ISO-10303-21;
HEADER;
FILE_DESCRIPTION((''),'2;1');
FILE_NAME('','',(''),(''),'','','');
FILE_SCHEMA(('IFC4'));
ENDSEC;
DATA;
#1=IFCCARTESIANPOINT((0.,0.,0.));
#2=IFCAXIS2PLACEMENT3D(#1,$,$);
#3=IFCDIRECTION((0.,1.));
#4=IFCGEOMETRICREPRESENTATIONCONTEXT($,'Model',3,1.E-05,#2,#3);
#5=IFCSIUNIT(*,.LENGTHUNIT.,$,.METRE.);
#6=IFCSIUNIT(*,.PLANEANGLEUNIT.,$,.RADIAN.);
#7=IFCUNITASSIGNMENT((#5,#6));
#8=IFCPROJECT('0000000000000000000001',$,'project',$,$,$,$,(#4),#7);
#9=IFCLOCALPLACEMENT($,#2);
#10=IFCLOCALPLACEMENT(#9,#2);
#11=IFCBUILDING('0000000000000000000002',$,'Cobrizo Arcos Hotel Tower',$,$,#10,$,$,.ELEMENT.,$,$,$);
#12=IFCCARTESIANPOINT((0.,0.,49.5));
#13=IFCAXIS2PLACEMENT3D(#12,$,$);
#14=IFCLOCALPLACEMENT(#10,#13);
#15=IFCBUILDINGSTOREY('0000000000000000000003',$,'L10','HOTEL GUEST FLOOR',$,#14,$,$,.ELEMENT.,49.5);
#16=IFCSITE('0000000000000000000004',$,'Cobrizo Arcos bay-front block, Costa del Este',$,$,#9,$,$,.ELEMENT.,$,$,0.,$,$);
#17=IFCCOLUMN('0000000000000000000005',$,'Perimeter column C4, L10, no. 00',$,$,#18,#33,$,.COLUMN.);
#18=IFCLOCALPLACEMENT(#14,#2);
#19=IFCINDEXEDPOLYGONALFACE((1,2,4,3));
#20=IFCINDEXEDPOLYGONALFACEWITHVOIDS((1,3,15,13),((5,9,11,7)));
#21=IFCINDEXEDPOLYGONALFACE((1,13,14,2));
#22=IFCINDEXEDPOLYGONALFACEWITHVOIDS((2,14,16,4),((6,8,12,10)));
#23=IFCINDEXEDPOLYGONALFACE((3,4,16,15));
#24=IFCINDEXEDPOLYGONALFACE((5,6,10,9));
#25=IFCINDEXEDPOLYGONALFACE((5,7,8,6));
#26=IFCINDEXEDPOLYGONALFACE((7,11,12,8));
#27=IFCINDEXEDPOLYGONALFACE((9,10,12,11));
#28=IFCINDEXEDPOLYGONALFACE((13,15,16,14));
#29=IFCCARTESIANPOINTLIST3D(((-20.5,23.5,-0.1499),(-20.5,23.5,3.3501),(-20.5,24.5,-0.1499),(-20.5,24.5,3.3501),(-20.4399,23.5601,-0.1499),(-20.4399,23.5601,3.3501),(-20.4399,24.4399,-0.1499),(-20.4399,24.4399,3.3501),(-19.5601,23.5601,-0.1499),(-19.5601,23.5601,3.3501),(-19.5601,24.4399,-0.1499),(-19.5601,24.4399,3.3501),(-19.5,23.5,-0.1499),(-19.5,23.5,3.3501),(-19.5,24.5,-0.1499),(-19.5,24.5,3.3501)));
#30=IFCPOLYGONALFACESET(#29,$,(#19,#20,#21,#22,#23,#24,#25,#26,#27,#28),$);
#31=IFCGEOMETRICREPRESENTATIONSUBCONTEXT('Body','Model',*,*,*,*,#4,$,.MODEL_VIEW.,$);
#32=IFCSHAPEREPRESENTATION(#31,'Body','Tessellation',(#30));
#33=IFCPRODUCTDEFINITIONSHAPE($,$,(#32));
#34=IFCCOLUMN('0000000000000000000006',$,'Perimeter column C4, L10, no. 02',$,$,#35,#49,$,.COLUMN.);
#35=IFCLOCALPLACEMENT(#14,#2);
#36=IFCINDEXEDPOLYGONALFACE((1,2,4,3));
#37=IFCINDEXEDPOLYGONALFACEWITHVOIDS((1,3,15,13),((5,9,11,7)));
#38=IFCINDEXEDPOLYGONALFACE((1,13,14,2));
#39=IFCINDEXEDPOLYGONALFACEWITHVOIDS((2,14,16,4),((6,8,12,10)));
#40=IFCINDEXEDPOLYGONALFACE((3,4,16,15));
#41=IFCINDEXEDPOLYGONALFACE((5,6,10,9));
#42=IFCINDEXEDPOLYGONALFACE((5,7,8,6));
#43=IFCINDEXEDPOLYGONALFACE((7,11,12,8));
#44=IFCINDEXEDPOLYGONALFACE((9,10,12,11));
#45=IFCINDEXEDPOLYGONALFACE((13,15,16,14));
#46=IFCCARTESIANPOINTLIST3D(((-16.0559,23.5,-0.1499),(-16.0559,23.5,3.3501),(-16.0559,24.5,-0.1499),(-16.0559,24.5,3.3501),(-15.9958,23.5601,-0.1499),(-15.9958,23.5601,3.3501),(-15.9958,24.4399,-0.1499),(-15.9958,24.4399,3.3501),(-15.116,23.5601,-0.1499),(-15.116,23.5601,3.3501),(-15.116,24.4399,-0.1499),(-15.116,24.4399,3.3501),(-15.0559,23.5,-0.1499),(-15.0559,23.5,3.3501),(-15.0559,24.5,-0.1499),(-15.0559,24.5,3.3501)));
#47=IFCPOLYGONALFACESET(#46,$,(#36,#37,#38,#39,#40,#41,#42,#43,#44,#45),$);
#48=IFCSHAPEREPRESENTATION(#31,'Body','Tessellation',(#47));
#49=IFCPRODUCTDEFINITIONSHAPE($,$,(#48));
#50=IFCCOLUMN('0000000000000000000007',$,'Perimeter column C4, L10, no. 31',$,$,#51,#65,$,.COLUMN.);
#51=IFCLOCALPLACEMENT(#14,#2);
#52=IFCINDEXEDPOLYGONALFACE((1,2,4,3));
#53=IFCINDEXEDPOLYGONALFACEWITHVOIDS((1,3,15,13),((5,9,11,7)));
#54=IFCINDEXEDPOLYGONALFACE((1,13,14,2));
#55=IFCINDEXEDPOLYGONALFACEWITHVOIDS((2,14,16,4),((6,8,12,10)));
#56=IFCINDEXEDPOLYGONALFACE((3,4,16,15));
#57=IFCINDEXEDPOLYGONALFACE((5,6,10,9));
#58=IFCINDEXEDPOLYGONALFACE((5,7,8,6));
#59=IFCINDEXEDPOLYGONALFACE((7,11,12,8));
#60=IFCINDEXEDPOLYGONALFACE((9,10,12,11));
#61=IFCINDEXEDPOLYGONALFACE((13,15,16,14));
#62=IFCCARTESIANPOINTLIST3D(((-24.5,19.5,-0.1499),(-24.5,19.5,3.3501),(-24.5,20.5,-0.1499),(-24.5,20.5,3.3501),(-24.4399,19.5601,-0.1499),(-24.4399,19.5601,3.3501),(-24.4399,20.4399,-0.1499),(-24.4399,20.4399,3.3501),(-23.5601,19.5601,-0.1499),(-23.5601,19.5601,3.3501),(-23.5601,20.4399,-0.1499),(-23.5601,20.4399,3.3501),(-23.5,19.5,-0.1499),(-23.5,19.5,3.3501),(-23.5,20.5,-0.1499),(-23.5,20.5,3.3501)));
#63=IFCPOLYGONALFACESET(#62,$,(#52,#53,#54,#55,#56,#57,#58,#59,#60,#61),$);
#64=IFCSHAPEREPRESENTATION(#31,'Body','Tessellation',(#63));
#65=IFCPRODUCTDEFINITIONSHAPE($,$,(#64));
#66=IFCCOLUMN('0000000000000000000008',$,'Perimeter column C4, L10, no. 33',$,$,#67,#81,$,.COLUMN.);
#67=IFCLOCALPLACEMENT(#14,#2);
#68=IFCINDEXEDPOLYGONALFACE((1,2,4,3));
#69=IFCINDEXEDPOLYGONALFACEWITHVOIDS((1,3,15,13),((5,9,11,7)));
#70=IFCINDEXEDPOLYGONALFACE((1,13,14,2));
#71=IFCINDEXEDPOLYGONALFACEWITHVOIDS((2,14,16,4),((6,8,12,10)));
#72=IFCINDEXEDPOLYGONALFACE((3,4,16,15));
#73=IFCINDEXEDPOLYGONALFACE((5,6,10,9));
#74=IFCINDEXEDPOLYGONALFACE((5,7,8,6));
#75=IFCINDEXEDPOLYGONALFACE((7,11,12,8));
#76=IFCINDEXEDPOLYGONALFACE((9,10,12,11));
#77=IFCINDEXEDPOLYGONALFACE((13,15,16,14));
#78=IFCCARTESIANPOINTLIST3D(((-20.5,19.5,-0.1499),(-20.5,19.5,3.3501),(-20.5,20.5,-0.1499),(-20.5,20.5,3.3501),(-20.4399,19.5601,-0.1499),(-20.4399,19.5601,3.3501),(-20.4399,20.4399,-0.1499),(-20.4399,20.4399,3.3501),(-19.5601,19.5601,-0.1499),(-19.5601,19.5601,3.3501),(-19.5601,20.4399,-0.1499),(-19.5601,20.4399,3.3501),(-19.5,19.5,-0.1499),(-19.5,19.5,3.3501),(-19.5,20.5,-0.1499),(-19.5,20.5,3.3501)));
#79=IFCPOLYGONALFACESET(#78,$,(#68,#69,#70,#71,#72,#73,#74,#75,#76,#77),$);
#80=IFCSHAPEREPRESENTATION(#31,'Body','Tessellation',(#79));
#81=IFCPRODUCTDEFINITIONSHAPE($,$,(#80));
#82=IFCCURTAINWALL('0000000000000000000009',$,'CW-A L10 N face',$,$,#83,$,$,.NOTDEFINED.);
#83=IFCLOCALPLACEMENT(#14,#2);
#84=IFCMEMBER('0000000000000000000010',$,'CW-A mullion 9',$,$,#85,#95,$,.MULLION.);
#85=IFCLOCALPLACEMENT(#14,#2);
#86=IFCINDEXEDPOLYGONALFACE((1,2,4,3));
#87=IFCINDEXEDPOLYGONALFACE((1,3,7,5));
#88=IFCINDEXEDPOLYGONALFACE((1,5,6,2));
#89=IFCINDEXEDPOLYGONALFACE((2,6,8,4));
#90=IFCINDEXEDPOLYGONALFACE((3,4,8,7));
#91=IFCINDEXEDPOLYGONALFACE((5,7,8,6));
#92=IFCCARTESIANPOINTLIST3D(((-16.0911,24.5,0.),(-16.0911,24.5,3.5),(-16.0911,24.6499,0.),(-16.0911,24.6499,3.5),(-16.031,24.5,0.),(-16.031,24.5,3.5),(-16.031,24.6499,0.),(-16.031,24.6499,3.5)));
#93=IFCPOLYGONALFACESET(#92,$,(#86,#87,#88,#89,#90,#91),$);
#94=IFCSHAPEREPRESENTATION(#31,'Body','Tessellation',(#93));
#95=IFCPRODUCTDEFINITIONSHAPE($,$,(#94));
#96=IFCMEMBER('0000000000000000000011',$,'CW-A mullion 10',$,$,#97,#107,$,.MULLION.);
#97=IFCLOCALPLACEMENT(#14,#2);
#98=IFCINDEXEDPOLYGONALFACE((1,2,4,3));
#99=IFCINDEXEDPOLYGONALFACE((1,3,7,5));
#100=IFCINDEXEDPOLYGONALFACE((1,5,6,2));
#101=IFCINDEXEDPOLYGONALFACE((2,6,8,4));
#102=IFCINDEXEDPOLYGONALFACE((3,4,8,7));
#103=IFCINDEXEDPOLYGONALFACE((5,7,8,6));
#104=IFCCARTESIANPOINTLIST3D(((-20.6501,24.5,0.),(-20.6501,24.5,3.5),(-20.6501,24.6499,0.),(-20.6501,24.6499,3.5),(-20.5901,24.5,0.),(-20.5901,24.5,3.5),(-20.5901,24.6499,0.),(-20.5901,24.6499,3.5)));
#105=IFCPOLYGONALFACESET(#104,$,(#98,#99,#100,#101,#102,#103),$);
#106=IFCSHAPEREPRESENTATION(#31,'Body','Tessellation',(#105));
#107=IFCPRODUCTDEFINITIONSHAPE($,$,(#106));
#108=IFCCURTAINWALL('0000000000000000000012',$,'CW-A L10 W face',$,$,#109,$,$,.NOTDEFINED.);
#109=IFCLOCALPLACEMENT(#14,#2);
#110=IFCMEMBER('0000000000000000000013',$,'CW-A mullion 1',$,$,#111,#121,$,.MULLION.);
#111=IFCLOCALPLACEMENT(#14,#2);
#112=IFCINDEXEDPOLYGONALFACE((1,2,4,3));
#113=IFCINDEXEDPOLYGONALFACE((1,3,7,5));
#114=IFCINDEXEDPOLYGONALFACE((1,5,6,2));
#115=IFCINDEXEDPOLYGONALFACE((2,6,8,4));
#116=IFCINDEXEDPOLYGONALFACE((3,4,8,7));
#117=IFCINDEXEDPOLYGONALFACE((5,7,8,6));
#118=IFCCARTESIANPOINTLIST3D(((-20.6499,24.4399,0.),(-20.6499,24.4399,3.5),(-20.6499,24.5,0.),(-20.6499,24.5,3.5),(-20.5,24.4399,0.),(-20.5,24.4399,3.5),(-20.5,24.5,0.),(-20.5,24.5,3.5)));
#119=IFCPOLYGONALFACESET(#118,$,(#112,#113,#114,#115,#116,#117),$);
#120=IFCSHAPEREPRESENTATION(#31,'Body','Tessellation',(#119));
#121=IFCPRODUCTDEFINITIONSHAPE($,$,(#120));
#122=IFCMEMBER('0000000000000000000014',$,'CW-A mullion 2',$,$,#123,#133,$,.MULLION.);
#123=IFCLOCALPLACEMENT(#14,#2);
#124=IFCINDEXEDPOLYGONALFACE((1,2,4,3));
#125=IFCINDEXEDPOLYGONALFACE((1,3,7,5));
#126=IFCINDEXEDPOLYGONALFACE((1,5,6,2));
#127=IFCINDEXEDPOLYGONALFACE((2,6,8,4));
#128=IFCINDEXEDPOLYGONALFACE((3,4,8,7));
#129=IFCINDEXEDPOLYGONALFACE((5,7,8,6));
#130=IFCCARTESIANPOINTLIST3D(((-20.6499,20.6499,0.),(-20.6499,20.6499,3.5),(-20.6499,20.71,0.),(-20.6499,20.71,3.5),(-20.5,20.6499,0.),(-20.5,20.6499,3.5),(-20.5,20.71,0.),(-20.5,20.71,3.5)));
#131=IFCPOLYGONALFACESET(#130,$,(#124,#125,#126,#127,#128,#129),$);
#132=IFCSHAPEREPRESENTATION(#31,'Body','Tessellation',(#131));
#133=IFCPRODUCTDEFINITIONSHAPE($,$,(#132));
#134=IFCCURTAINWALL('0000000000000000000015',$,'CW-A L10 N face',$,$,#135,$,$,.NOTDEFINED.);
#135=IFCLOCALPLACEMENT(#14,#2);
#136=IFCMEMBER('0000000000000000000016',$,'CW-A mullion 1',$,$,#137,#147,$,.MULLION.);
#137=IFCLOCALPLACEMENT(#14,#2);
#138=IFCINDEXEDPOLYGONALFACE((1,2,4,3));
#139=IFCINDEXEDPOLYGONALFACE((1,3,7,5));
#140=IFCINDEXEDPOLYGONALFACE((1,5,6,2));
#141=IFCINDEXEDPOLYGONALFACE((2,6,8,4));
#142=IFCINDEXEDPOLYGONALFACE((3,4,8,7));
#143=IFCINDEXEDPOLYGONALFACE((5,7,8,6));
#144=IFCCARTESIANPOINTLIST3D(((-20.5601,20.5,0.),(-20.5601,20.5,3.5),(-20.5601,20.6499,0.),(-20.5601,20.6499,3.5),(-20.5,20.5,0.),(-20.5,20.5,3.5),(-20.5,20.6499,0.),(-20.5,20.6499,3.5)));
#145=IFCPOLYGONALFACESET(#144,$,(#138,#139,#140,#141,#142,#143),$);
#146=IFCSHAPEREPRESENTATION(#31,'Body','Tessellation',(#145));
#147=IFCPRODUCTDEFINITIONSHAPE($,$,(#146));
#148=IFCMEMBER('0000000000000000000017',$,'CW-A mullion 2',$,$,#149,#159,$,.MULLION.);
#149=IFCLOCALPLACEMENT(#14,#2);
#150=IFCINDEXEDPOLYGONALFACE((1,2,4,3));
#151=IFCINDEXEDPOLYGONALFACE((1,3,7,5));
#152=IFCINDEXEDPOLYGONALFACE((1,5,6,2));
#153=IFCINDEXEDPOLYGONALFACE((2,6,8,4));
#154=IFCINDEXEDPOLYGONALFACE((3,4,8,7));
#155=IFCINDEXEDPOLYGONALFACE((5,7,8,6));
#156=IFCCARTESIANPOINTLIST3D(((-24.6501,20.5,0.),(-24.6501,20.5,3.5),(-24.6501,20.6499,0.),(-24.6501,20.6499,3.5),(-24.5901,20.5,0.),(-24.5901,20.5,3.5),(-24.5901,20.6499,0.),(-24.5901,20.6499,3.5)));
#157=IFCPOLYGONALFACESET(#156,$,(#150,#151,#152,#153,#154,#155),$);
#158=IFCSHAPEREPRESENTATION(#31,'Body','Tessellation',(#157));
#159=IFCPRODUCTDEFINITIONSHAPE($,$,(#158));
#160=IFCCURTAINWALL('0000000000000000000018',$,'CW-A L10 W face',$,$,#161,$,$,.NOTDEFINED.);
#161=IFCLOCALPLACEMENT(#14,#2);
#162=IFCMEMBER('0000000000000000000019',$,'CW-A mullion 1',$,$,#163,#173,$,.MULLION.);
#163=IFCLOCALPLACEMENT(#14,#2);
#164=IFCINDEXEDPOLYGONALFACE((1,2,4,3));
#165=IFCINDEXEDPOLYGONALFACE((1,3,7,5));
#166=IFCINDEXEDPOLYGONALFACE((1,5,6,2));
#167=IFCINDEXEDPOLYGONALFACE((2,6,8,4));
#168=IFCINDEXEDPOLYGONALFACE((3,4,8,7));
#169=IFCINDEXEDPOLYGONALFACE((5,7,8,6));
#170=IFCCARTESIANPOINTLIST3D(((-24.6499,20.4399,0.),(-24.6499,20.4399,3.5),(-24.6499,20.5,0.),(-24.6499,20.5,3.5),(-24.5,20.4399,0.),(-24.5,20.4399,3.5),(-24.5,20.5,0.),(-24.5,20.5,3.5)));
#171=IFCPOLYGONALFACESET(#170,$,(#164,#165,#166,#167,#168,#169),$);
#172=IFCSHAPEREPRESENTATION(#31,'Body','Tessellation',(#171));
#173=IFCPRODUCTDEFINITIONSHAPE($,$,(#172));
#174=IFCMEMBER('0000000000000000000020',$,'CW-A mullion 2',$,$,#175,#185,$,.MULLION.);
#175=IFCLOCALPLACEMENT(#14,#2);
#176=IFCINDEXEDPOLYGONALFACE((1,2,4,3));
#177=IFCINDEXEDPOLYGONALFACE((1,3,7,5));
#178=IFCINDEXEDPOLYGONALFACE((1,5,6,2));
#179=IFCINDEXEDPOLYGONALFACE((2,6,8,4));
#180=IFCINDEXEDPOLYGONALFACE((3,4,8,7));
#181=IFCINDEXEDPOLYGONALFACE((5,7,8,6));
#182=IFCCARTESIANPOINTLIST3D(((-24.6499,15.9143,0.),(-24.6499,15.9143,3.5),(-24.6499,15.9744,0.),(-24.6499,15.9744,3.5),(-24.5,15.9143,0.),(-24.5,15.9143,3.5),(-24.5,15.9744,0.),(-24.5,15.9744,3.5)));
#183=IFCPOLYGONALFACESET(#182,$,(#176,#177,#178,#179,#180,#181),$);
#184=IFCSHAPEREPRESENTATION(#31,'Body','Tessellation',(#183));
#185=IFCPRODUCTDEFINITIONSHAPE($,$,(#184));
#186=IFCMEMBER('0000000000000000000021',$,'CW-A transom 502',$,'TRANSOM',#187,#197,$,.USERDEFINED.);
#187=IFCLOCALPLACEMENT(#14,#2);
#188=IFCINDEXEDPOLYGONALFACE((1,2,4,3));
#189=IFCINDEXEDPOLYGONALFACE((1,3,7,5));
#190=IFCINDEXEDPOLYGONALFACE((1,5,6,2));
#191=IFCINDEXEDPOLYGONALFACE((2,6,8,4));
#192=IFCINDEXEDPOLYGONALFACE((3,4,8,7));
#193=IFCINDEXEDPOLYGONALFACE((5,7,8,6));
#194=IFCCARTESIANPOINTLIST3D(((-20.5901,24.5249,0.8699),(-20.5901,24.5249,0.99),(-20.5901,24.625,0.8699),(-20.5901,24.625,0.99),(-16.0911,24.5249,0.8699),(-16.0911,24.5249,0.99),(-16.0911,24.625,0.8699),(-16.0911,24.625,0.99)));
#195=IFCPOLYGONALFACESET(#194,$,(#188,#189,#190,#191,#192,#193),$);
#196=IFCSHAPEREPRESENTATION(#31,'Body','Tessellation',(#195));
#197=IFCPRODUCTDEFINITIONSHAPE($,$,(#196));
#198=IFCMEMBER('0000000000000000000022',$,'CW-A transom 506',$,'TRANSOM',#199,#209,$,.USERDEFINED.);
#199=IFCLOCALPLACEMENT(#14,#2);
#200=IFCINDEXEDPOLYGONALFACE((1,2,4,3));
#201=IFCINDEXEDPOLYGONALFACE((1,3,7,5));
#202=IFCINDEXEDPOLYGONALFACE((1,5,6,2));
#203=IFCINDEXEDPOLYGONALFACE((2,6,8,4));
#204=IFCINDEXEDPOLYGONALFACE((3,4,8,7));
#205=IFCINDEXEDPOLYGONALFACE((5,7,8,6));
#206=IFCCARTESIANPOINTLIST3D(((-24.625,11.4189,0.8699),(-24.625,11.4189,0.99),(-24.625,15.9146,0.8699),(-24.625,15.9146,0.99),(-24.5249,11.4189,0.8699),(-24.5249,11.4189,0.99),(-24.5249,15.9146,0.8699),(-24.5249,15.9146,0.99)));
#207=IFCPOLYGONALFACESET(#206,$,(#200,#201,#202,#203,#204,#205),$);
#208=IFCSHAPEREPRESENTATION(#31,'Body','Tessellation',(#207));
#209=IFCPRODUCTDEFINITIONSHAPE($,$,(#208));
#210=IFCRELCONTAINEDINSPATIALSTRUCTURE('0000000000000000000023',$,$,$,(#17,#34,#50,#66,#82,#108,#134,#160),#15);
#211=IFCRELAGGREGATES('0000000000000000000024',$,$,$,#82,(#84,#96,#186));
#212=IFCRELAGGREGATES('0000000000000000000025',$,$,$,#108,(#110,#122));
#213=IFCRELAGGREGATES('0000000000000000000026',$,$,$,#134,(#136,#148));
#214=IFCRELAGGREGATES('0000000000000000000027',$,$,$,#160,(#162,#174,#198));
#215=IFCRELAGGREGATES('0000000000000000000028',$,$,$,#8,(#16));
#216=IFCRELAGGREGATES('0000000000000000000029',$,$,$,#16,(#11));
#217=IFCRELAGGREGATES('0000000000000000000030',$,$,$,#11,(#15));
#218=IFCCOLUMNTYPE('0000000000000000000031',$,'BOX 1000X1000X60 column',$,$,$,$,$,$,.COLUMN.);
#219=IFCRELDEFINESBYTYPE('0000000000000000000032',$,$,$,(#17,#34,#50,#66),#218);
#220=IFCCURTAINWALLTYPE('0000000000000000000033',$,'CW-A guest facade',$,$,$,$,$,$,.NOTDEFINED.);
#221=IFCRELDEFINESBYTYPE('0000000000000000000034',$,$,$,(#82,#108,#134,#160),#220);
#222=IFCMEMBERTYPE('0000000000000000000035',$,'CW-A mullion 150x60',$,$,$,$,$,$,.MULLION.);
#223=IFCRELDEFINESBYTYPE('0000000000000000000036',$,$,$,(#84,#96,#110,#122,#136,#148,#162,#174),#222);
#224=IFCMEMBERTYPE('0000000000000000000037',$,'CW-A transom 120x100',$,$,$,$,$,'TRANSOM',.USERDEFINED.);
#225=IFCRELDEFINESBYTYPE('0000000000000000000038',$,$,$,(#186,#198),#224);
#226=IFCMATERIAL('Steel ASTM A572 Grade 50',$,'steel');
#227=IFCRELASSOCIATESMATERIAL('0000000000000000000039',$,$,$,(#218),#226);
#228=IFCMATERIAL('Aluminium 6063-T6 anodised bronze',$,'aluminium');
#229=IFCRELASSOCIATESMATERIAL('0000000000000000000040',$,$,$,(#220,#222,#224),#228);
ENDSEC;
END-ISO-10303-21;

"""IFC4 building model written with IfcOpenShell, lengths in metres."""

from ifc_helpers import new_model, si_unit, direction, frame, origin, origin_2d, place, context, subcontext, project, spatial, rectangle, hollow_rectangle, extrude, material, material_profile, profile_set, type_object, element, aggregate, save


model = new_model("IFC4")

# Units and contexts
model_context = context("Model", 3, precision=1e-05, world=origin(), true_north=direction((0.0, 1.0)))
body_context = subcontext(model_context, "Body", "Model", "MODEL_VIEW")
ifc_project = project(units=[si_unit("LENGTHUNIT", "METRE"), si_unit("PLANEANGLEUNIT", "RADIAN")], contexts=[model_context])

# Site, building, storey
site_placement = place(None, origin())
site = spatial("IfcSite", under=ifc_project, at=site_placement, Name="Cobrizo Arcos bay-front block, Costa del Este", CompositionType="ELEMENT", RefElevation=0.0)
building_placement = place(site_placement, origin())
building = spatial("IfcBuilding", under=site, at=building_placement, Name="Cobrizo Arcos Hotel Tower", CompositionType="ELEMENT")
storey_placement = place(building_placement, frame((0.0, 0.0, 49.5)))
storey = spatial("IfcBuildingStorey", under=building, at=storey_placement, Name="L10", Description="HOTEL GUEST FLOOR", CompositionType="ELEMENT", Elevation=49.5)

# Columns
ifc_material_1 = material(Name="Steel ASTM A572 Grade 50", Category="steel")
ifc_material_profile_1 = material_profile(ifc_material_1, hollow_rectangle(XDim=1.0, YDim=1.0, WallThickness=0.0601, at=origin_2d()), Name="BOX 1000X1000X60")
ifc_profile_set_1 = profile_set([ifc_material_profile_1], Name="Steel ASTM A572 Grade 50")
column_type = type_object("IfcColumnType", Name="BOX 1000X1000X60 column", PredefinedType="COLUMN", material=ifc_profile_set_1)
for number, where, z_axis, x_axis, name in (
    (1, (-20.0, 24.0, -0.1499), (0.0, 0.0, 1.0), (1.0, 0.0, 0.0), "Perimeter column C4, L10, no. 00"),
    (2, (-15.5559, 24.0, -0.1499), (0.0, 0.0, 1.0), (1.0, 0.0, 0.0), "Perimeter column C4, L10, no. 02"),
    (3, (-24.0, 20.0, -0.1499), (0.0, 0.0, 1.0), (1.0, 0.0, 0.0), "Perimeter column C4, L10, no. 31"),
    (4, (-20.0, 20.0, -0.1499), (0.0, 0.0, 1.0), (1.0, 0.0, 0.0), "Perimeter column C4, L10, no. 33"),
):
    element("IfcColumn", number, at=place(storey_placement, frame(where, z_axis=z_axis, x_axis=x_axis)), inside=storey, type_object=column_type, Name=name, PredefinedType="COLUMN", context=body_context, shape_type="SweptSolid", body=[
        extrude(hollow_rectangle(XDim=1.0, YDim=1.0, WallThickness=0.0601, at=origin_2d()), origin(), (0.0, 0.0, 1.0), 3.5),
    ])

# Curtain walls, members
ifc_material_2 = material(Name="Aluminium 6063-T6 anodised bronze", Category="aluminium")
curtain_wall_type = type_object("IfcCurtainWallType", Name="CW-A guest facade", PredefinedType="NOTDEFINED", material=ifc_material_2)
curtain_wall_1_placement = place(storey_placement, origin())
curtain_wall_1 = element("IfcCurtainWall", 5, at=curtain_wall_1_placement, inside=storey, type_object=curtain_wall_type, Name="CW-A L10 N face", PredefinedType="NOTDEFINED")
ifc_material_profile_2 = material_profile(ifc_material_2, rectangle(XDim=0.1499, YDim=0.0601, at=origin_2d()), Name="CW-A mullion 150x60")
ifc_profile_set_2 = profile_set([ifc_material_profile_2], Name="Aluminium 6063-T6 anodised bronze")
member_type_1 = type_object("IfcMemberType", Name="CW-A mullion 150x60", PredefinedType="MULLION", material=ifc_profile_set_2)
member_1_placement = place(storey_placement, frame((-16.061, 24.575, 0.0), z_axis=(0.0, 0.0, 1.0), x_axis=(0.0, 1.0, 0.0)))
member_1 = element("IfcMember", 6, at=member_1_placement, type_object=member_type_1, Name="CW-A mullion 9", PredefinedType="MULLION", context=body_context, shape_type="SweptSolid", body=[
    extrude(rectangle(XDim=0.1499, YDim=0.0601, at=origin_2d()), origin(), (0.0, 0.0, 1.0), 3.5),
])
member_2_placement = place(storey_placement, frame((-20.6201, 24.575, 0.0), z_axis=(0.0, 0.0, 1.0), x_axis=(0.0, 1.0, 0.0)))
member_2 = element("IfcMember", 7, at=member_2_placement, type_object=member_type_1, Name="CW-A mullion 10", PredefinedType="MULLION", context=body_context, shape_type="SweptSolid", body=[
    extrude(rectangle(XDim=0.1499, YDim=0.0601, at=origin_2d()), origin(), (0.0, 0.0, 1.0), 3.5),
])
curtain_wall_2_placement = place(storey_placement, origin())
curtain_wall_2 = element("IfcCurtainWall", 8, at=curtain_wall_2_placement, inside=storey, type_object=curtain_wall_type, Name="CW-A L10 W face", PredefinedType="NOTDEFINED")
member_3_placement = place(storey_placement, frame((-20.575, 24.47, 0.0), z_axis=(0.0, 0.0, 1.0), x_axis=(-1.0, 0.0, 0.0)))
member_3 = element("IfcMember", 9, at=member_3_placement, type_object=member_type_1, Name="CW-A mullion 1", PredefinedType="MULLION", context=body_context, shape_type="SweptSolid", body=[
    extrude(rectangle(XDim=0.1499, YDim=0.0601, at=origin_2d()), origin(), (0.0, 0.0, 1.0), 3.5),
])
member_4_placement = place(storey_placement, frame((-20.575, 20.6799, 0.0), z_axis=(0.0, 0.0, 1.0), x_axis=(-1.0, 0.0, 0.0)))
member_4 = element("IfcMember", 10, at=member_4_placement, type_object=member_type_1, Name="CW-A mullion 2", PredefinedType="MULLION", context=body_context, shape_type="SweptSolid", body=[
    extrude(rectangle(XDim=0.1499, YDim=0.0601, at=origin_2d()), origin(), (0.0, 0.0, 1.0), 3.5),
])
curtain_wall_3_placement = place(storey_placement, origin())
curtain_wall_3 = element("IfcCurtainWall", 11, at=curtain_wall_3_placement, inside=storey, type_object=curtain_wall_type, Name="CW-A L10 N face", PredefinedType="NOTDEFINED")
member_5_placement = place(storey_placement, frame((-20.53, 20.575, 0.0), z_axis=(0.0, 0.0, 1.0), x_axis=(0.0, 1.0, 0.0)))
member_5 = element("IfcMember", 12, at=member_5_placement, type_object=member_type_1, Name="CW-A mullion 1", PredefinedType="MULLION", context=body_context, shape_type="SweptSolid", body=[
    extrude(rectangle(XDim=0.1499, YDim=0.0601, at=origin_2d()), origin(), (0.0, 0.0, 1.0), 3.5),
])
member_6_placement = place(storey_placement, frame((-24.6201, 20.575, 0.0), z_axis=(0.0, 0.0, 1.0), x_axis=(0.0, 1.0, 0.0)))
member_6 = element("IfcMember", 13, at=member_6_placement, type_object=member_type_1, Name="CW-A mullion 2", PredefinedType="MULLION", context=body_context, shape_type="SweptSolid", body=[
    extrude(rectangle(XDim=0.1499, YDim=0.0601, at=origin_2d()), origin(), (0.0, 0.0, 1.0), 3.5),
])
curtain_wall_4_placement = place(storey_placement, origin())
curtain_wall_4 = element("IfcCurtainWall", 14, at=curtain_wall_4_placement, inside=storey, type_object=curtain_wall_type, Name="CW-A L10 W face", PredefinedType="NOTDEFINED")
member_7_placement = place(storey_placement, frame((-24.575, 20.47, 0.0), z_axis=(0.0, 0.0, 1.0), x_axis=(-1.0, 0.0, 0.0)))
member_7 = element("IfcMember", 15, at=member_7_placement, type_object=member_type_1, Name="CW-A mullion 1", PredefinedType="MULLION", context=body_context, shape_type="SweptSolid", body=[
    extrude(rectangle(XDim=0.1499, YDim=0.0601, at=origin_2d()), origin(), (0.0, 0.0, 1.0), 3.5),
])
member_8_placement = place(storey_placement, frame((-24.575, 15.9443, 0.0), z_axis=(0.0, 0.0, 1.0), x_axis=(-1.0, 0.0, 0.0)))
member_8 = element("IfcMember", 16, at=member_8_placement, type_object=member_type_1, Name="CW-A mullion 2", PredefinedType="MULLION", context=body_context, shape_type="SweptSolid", body=[
    extrude(rectangle(XDim=0.1499, YDim=0.0601, at=origin_2d()), origin(), (0.0, 0.0, 1.0), 3.5),
])

# Members
ifc_material_profile_3 = material_profile(ifc_material_2, rectangle(XDim=0.1001, YDim=0.1201, at=origin_2d()), Name="CW-A transom 120x100")
ifc_profile_set_3 = profile_set([ifc_material_profile_3], Name="Aluminium 6063-T6 anodised bronze")
member_type_2 = type_object("IfcMemberType", Name="CW-A transom 120x100", ElementType="TRANSOM", PredefinedType="USERDEFINED", material=ifc_profile_set_3)
member_9_placement = place(storey_placement, frame((-16.0911, 24.575, 0.9299), z_axis=(-1.0, 0.0, 0.0), x_axis=(0.0, -1.0, 0.0)))
member_9 = element("IfcMember", 17, at=member_9_placement, type_object=member_type_2, Name="CW-A transom 502", ObjectType="TRANSOM", PredefinedType="USERDEFINED", context=body_context, shape_type="SweptSolid", body=[
    extrude(rectangle(XDim=0.1001, YDim=0.1201, at=origin_2d()), origin(), (0.0, 0.0, 1.0), 4.499),
])
member_10_placement = place(storey_placement, frame((-24.575, 15.9146, 0.9299), z_axis=(0.0, -1.0, 0.0), x_axis=(1.0, 0.0, 0.0)))
member_10 = element("IfcMember", 18, at=member_10_placement, type_object=member_type_2, Name="CW-A transom 506", ObjectType="TRANSOM", PredefinedType="USERDEFINED", context=body_context, shape_type="SweptSolid", body=[
    extrude(rectangle(XDim=0.1001, YDim=0.1201, at=origin_2d()), origin(), (0.0, 0.0, 1.0), 4.4956),
])

aggregate(curtain_wall_1, [member_1, member_2, member_9])
aggregate(curtain_wall_2, [member_3, member_4])
aggregate(curtain_wall_3, [member_5, member_6])
aggregate(curtain_wall_4, [member_7, member_8, member_10])

save(model, "model.ifc")
